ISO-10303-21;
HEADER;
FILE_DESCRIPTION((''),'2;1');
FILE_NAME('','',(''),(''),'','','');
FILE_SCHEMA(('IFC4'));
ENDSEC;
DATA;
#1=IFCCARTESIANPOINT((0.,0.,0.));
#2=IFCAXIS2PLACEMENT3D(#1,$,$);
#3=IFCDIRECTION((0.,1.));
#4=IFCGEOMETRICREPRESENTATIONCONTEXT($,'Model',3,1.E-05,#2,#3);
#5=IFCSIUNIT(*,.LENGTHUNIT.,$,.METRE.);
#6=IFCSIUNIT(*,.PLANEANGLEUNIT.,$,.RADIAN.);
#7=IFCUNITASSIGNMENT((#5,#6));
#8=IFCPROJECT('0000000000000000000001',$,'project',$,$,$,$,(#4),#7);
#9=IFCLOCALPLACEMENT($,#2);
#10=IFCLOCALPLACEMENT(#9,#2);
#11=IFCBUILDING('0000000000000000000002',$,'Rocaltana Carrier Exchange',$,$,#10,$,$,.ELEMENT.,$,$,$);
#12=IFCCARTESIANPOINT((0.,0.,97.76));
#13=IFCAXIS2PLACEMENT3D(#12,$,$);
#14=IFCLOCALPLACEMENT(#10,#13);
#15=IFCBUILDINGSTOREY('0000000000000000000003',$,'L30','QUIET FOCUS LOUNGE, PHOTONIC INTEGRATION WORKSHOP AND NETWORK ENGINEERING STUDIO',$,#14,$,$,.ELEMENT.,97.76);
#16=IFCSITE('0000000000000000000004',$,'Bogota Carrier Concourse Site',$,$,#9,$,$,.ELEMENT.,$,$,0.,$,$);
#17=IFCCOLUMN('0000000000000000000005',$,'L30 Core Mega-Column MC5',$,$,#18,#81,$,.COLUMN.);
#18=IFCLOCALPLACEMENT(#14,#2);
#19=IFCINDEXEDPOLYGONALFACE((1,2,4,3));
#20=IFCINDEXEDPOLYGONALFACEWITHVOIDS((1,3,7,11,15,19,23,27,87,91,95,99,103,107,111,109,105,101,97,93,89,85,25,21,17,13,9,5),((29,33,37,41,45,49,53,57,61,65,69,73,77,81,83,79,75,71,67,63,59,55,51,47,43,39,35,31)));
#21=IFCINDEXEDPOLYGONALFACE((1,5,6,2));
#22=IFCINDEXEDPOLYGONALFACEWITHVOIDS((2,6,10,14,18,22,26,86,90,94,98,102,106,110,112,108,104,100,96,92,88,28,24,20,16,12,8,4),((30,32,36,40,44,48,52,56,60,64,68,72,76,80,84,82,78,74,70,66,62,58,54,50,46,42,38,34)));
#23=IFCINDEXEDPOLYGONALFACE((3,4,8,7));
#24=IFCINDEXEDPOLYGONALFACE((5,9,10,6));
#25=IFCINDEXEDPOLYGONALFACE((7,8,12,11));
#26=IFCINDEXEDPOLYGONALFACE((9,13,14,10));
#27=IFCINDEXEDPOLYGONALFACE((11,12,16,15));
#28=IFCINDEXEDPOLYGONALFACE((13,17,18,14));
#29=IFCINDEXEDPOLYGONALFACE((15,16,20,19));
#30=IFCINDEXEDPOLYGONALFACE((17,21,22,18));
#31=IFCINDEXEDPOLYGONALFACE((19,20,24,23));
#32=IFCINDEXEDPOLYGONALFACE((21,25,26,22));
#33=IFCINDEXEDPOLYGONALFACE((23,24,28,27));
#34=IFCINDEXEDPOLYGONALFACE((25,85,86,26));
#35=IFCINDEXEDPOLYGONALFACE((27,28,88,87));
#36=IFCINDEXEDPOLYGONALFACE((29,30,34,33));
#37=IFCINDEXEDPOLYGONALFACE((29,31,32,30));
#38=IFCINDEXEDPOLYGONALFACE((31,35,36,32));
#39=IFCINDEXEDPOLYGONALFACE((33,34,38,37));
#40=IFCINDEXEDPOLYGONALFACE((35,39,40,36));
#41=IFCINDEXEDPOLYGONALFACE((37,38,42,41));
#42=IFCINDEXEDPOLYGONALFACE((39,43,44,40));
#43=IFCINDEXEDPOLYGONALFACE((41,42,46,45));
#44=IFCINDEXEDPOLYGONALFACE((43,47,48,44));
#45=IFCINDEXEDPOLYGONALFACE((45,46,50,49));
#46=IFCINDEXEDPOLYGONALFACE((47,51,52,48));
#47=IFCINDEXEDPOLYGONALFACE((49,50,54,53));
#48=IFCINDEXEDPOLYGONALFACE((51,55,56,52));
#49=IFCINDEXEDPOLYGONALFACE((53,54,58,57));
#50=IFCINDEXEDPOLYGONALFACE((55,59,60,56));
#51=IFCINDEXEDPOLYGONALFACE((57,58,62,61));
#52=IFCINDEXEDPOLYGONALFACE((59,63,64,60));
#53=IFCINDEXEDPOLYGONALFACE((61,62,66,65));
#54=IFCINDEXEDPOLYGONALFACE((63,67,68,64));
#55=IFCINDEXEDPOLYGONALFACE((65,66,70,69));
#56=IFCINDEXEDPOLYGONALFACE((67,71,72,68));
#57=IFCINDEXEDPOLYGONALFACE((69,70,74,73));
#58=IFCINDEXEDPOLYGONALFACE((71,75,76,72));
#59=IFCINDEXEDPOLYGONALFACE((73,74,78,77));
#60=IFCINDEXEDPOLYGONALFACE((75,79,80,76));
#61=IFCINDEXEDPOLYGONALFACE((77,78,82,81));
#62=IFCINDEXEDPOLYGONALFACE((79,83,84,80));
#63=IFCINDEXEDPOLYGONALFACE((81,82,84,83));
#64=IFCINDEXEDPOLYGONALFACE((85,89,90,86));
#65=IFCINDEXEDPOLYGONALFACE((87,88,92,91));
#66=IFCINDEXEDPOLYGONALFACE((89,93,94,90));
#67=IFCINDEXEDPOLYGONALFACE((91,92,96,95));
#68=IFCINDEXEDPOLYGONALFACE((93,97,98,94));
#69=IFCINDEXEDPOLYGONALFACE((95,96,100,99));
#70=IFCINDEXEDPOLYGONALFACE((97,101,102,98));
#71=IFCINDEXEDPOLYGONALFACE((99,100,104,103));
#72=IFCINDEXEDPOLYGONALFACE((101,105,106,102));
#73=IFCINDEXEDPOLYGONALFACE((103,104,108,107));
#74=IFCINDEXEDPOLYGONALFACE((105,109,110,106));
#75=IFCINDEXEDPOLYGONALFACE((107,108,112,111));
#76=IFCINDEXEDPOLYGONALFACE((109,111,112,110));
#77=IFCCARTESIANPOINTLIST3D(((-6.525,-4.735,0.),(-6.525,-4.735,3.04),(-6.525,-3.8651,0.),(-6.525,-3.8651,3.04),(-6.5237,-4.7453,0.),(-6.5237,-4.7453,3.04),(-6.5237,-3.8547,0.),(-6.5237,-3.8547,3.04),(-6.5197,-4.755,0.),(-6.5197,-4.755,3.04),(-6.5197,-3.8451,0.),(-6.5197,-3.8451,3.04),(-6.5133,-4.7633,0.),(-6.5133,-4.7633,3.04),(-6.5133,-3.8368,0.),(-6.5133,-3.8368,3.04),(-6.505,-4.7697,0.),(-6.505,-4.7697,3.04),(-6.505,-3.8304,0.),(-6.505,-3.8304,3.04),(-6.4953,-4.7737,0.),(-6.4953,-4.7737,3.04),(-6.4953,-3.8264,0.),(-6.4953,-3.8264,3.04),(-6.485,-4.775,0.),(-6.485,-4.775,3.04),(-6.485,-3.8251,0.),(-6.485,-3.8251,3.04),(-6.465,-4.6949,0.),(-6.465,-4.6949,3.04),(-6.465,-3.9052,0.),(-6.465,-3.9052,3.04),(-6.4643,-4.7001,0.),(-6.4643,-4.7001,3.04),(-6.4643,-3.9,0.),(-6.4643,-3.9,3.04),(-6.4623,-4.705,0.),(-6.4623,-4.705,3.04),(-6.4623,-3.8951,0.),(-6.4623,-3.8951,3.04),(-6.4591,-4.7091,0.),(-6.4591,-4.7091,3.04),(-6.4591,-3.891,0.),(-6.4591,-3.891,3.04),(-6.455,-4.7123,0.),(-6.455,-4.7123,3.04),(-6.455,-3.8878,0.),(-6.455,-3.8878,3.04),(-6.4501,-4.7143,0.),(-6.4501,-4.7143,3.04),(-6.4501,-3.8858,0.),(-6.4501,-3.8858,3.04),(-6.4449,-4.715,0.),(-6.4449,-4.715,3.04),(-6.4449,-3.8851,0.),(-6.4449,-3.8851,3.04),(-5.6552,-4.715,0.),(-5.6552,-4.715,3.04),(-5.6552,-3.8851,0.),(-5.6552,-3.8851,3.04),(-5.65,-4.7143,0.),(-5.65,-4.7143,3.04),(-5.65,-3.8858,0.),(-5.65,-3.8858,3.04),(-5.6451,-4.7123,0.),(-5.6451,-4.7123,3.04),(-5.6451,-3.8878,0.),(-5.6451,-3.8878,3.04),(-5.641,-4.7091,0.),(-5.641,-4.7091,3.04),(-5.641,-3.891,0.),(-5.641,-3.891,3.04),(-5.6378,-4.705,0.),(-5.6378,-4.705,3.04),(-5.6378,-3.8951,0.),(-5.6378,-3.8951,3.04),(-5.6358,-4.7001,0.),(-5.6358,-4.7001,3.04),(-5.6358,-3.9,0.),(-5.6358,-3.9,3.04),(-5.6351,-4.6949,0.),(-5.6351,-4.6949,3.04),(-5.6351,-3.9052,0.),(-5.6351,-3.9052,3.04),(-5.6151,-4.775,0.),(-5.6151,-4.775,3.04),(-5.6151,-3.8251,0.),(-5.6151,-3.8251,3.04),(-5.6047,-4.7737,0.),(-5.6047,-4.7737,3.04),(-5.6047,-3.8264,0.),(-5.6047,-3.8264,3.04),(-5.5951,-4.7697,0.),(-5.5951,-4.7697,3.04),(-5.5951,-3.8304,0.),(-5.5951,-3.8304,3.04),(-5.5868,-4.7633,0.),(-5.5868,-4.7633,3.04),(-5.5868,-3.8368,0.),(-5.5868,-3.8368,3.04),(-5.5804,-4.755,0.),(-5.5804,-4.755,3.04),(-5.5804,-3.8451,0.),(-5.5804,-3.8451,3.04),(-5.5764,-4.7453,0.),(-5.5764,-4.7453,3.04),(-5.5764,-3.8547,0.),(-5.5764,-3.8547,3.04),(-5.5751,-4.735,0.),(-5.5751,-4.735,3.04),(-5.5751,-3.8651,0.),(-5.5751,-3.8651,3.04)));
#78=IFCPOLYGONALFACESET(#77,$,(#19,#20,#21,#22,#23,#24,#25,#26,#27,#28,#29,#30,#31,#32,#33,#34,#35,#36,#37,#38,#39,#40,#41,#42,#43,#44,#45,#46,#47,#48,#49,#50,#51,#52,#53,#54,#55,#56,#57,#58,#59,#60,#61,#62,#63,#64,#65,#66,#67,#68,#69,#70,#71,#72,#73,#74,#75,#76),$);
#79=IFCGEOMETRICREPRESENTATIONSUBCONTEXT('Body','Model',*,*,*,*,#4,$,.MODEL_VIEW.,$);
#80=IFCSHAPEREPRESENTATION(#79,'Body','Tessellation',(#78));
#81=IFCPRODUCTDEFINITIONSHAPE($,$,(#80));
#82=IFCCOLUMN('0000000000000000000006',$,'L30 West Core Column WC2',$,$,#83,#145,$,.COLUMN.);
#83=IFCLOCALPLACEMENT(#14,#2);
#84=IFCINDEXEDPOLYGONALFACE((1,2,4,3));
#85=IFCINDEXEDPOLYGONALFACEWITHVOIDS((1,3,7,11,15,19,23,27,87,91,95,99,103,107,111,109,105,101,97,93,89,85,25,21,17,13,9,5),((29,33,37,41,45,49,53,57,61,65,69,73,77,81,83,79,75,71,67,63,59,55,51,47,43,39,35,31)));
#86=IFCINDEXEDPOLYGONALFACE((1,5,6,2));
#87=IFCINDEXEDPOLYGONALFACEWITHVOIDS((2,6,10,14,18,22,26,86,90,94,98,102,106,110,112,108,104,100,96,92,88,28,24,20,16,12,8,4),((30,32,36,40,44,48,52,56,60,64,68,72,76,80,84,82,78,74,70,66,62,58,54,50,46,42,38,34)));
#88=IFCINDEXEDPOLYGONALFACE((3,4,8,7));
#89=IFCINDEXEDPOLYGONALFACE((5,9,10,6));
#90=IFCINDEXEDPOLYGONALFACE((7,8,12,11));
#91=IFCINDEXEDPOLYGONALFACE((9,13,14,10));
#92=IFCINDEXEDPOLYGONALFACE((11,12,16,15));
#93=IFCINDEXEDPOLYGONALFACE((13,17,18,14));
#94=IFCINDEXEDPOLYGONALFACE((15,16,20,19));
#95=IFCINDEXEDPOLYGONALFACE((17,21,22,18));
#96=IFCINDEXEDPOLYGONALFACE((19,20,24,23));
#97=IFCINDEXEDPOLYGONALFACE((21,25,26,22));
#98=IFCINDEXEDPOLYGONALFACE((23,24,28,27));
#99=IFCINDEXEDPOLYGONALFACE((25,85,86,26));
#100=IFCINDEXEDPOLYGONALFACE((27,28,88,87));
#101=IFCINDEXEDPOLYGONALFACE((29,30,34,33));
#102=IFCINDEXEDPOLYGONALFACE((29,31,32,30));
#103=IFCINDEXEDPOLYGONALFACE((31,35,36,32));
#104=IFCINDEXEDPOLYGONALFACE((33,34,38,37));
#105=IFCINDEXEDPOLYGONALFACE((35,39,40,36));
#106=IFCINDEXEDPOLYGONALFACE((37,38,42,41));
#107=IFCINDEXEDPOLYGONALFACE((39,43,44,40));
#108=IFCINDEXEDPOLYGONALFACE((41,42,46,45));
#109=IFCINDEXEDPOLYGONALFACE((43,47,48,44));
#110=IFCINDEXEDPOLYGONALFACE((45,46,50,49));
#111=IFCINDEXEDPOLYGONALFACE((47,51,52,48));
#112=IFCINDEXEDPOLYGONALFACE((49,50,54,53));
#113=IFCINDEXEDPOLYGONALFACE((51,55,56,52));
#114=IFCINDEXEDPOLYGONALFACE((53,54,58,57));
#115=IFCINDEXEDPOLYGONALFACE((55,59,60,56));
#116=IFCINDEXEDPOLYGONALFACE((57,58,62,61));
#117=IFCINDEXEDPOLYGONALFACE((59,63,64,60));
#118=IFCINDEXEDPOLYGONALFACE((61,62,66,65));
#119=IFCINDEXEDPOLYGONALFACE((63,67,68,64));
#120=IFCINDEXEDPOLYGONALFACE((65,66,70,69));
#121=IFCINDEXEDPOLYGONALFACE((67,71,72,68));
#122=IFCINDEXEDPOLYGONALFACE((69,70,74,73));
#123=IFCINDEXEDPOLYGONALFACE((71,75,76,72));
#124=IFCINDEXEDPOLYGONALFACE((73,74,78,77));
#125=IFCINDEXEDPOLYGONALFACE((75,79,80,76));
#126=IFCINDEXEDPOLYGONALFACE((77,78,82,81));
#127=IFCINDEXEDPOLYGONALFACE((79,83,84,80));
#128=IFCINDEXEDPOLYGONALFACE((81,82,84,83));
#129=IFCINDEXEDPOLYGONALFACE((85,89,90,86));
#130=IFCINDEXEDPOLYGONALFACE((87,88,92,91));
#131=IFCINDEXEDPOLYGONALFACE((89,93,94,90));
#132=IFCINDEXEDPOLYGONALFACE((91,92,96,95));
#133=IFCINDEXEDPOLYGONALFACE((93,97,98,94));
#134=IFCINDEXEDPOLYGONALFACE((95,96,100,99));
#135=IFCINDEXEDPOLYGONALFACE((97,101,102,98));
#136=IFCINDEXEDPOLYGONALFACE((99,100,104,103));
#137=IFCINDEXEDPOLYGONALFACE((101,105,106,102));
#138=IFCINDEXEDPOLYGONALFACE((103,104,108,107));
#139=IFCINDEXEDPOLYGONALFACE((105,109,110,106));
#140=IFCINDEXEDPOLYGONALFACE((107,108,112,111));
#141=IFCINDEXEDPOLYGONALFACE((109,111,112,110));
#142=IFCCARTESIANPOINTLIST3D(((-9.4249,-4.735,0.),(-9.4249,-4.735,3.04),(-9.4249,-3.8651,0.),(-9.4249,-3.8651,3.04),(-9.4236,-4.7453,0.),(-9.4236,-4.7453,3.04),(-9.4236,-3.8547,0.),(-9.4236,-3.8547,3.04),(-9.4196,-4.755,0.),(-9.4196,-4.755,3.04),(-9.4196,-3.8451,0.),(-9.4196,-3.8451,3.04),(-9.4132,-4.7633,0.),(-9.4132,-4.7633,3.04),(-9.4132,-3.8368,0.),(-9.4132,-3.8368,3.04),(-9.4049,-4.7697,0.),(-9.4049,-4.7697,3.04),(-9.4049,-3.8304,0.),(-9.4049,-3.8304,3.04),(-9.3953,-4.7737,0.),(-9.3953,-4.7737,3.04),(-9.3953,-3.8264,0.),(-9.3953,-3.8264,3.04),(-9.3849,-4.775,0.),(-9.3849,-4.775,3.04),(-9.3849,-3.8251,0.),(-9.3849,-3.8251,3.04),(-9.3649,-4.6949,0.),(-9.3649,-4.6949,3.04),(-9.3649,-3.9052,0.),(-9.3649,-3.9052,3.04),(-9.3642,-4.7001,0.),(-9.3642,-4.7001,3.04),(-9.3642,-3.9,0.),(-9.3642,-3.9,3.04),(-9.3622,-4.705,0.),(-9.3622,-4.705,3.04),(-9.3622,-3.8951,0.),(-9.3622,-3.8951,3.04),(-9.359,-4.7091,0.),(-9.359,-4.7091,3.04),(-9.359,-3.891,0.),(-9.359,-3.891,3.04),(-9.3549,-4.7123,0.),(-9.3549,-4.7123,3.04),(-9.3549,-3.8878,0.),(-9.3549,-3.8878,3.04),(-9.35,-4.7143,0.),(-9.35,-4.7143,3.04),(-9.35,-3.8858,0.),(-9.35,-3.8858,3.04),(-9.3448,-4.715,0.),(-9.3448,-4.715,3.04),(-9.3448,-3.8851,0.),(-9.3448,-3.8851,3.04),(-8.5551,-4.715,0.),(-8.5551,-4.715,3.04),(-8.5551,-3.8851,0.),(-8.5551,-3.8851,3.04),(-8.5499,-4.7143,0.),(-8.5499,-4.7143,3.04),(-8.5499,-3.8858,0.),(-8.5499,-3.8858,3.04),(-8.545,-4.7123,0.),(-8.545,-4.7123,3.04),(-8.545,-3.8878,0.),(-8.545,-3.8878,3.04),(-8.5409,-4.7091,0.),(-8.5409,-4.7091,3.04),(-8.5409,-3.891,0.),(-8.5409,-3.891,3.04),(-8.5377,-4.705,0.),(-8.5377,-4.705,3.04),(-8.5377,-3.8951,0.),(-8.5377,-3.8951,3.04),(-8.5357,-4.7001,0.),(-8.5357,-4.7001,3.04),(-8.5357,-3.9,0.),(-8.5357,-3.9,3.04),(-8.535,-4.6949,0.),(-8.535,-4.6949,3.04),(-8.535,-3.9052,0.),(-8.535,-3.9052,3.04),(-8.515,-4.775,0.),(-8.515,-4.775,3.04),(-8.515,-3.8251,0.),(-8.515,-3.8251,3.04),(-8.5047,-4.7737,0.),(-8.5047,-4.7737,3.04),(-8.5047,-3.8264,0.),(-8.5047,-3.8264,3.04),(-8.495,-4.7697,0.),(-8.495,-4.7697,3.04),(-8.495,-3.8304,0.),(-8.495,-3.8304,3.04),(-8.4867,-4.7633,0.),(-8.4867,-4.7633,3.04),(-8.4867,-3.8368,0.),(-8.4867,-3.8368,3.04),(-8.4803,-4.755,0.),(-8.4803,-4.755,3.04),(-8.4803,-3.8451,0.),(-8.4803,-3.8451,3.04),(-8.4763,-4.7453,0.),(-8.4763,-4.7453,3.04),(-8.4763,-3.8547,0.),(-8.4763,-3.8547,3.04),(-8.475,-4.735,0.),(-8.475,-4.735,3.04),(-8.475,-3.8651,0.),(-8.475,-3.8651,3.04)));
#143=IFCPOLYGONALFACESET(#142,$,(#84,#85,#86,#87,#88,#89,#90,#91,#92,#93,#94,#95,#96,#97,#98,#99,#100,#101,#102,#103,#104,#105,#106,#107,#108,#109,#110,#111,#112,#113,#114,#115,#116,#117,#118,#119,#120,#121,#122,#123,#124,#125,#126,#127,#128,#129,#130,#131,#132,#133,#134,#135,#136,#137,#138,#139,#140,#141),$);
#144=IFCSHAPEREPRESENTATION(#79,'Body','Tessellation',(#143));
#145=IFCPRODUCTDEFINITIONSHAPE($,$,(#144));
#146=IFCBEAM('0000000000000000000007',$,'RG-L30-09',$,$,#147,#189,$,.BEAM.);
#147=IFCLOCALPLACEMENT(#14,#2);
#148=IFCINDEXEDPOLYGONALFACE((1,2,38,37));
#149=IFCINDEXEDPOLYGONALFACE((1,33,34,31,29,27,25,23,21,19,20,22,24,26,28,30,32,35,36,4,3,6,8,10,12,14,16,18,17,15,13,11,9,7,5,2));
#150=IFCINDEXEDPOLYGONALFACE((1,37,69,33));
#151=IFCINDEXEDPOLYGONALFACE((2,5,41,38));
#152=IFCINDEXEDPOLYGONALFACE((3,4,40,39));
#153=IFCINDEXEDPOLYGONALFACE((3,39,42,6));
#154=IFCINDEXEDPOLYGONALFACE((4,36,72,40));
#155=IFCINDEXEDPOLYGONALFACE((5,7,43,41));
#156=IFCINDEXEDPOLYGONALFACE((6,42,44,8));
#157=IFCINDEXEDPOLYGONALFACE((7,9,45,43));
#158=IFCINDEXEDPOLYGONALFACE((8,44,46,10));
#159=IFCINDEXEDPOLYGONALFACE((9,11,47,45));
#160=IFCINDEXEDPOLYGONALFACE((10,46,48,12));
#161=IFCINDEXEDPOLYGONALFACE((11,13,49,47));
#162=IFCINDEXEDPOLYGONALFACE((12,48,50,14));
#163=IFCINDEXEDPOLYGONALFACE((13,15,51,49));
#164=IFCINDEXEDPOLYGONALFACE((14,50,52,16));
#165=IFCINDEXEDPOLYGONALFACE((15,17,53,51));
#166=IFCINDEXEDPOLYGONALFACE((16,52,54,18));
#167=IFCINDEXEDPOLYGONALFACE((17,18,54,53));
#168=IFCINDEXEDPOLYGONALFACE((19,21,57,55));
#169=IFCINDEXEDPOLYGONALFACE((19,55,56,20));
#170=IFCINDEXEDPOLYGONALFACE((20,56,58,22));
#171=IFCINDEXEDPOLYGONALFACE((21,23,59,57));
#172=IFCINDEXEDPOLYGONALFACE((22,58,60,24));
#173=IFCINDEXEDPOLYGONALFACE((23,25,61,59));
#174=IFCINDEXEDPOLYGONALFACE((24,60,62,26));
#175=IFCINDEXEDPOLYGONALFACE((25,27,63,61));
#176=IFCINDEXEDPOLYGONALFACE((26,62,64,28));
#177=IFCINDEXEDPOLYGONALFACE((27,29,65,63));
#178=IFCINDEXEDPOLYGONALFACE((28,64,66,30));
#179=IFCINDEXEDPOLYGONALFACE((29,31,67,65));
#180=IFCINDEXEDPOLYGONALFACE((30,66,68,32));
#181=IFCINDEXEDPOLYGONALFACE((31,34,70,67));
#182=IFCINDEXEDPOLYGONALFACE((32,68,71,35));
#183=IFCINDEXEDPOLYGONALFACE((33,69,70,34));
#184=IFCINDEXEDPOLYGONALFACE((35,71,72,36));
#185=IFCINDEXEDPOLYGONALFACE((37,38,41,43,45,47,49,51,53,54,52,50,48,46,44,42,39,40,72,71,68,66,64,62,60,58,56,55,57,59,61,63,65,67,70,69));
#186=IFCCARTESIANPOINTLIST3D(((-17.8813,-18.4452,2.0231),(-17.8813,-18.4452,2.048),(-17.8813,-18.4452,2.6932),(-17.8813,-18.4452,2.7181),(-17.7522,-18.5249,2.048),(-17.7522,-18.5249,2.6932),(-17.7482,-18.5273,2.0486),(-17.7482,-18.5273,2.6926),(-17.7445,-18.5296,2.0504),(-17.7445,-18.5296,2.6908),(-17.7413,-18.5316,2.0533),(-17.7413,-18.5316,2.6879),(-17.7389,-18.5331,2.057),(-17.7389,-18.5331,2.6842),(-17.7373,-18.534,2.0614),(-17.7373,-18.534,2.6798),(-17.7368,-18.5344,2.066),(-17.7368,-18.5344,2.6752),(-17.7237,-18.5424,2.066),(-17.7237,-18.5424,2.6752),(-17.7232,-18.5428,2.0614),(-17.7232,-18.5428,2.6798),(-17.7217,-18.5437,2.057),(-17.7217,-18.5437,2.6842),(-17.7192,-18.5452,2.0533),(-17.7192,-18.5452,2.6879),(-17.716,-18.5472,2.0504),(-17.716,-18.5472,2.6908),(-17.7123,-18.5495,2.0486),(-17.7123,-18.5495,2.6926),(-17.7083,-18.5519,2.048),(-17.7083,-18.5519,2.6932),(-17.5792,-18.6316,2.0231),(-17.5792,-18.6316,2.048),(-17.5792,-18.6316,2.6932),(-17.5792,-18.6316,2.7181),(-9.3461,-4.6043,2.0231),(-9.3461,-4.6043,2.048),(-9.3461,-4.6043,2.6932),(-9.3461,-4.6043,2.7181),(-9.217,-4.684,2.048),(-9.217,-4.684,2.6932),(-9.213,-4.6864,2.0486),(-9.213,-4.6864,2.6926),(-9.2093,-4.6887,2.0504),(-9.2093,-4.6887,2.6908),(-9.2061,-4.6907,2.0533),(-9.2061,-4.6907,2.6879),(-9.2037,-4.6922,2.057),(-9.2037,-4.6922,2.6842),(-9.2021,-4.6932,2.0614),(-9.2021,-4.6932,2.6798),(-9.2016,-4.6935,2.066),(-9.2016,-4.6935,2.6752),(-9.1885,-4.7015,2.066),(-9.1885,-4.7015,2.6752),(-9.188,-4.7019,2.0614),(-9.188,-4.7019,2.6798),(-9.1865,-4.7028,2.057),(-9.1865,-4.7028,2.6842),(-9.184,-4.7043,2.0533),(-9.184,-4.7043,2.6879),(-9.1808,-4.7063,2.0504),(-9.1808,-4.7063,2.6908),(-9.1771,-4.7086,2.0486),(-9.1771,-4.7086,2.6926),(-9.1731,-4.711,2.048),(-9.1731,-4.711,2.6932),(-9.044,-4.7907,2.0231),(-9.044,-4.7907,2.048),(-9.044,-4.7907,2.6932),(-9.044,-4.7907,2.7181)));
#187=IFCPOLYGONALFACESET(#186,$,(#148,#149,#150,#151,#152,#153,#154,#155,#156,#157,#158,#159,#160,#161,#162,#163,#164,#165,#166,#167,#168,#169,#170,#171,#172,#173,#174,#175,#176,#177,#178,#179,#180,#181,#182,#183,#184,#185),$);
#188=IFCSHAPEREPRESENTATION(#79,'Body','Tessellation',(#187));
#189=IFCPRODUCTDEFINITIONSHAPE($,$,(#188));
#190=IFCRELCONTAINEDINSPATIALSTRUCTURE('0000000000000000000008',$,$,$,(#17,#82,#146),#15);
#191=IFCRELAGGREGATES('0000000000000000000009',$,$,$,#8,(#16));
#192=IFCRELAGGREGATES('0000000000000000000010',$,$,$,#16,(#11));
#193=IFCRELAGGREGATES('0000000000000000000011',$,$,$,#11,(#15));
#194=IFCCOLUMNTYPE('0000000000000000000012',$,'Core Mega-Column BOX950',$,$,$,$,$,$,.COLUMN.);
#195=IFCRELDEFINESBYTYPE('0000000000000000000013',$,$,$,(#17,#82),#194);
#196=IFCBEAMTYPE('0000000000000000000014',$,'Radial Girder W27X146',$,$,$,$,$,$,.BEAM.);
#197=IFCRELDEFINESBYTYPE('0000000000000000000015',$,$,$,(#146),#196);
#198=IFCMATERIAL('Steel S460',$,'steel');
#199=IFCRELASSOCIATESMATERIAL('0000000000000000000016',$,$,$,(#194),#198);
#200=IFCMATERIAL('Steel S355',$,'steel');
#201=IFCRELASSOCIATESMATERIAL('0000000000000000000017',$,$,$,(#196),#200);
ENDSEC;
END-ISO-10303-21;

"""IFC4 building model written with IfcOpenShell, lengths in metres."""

from ifc_helpers import new_model, si_unit, direction, frame, origin, origin_2d, place, context, subcontext, project, spatial, hollow_rectangle, i_section, extrude, material, material_profile, profile_set, type_object, element, save


model = new_model("IFC4")

# Units and contexts
model_context = context("Model", 3, precision=1e-05, world=origin(), true_north=direction((0.0, 1.0)))
body_context = subcontext(model_context, "Body", "Model", "MODEL_VIEW")
ifc_project = project(units=[si_unit("LENGTHUNIT", "METRE"), si_unit("PLANEANGLEUNIT", "RADIAN")], contexts=[model_context])

# Site, building, storey
site_placement = place(None, origin())
site = spatial("IfcSite", under=ifc_project, at=site_placement, Name="Bogota Carrier Concourse Site", CompositionType="ELEMENT", RefElevation=0.0)
building_placement = place(site_placement, origin())
building = spatial("IfcBuilding", under=site, at=building_placement, Name="Rocaltana Carrier Exchange", CompositionType="ELEMENT")
storey_placement = place(building_placement, frame((0.0, 0.0, 97.76)))
storey = spatial("IfcBuildingStorey", under=building, at=storey_placement, Name="L30", Description="QUIET FOCUS LOUNGE, PHOTONIC INTEGRATION WORKSHOP AND NETWORK ENGINEERING STUDIO", CompositionType="ELEMENT", Elevation=97.76)

# Columns
ifc_material_1 = material(Name="Steel S460", Category="steel")
ifc_material_profile_1 = material_profile(ifc_material_1, hollow_rectangle(XDim=0.95, YDim=0.95, WallThickness=0.0601, InnerFilletRadius=0.02, OuterFilletRadius=0.04, at=origin_2d()), Name="BOX950X950X60")
ifc_profile_set_1 = profile_set([ifc_material_profile_1], Name="Steel S460")
column_type = type_object("IfcColumnType", Name="Core Mega-Column BOX950", PredefinedType="COLUMN", material=ifc_profile_set_1)
for number, where, z_axis, x_axis, name in (
    (1, (-6.05, -4.3, 0.0), (0.0, 0.0, 1.0), (1.0, 0.0, 0.0), "L30 Core Mega-Column MC5"),
    (2, (-8.95, -4.3, 0.0), (0.0, 0.0, 1.0), (1.0, 0.0, 0.0), "L30 West Core Column WC2"),
):
    element("IfcColumn", number, at=place(storey_placement, frame(where, z_axis=z_axis, x_axis=x_axis)), inside=storey, type_object=column_type, Name=name, PredefinedType="COLUMN", context=body_context, shape_type="SweptSolid", body=[
        extrude(hollow_rectangle(XDim=0.95, YDim=0.95, WallThickness=0.0601, InnerFilletRadius=0.02, OuterFilletRadius=0.04, at=origin_2d()), origin(), (0.0, 0.0, 1.0), 3.04),
    ])

# Beam
ifc_material_2 = material(Name="Steel S355", Category="steel")
ifc_material_profile_2 = material_profile(ifc_material_2, i_section(OverallWidth=0.355, OverallDepth=0.6951, WebThickness=0.0154, FlangeThickness=0.0249, FilletRadius=0.0181, at=origin_2d()), Name="W27X146")
ifc_profile_set_2 = profile_set([ifc_material_profile_2], Name="Steel S355")
beam_type = type_object("IfcBeamType", Name="Radial Girder W27X146", PredefinedType="BEAM", material=ifc_profile_set_2)
beam_1_placement = place(storey_placement, frame((-9.1951, -4.6975, 2.3706), z_axis=(-0.524888, -0.851171, 0.0), x_axis=(0.851171, -0.524888, 0.0)))
element("IfcBeam", 3, at=beam_1_placement, inside=storey, type_object=beam_type, Name="RG-L30-09", PredefinedType="BEAM", context=body_context, shape_type="SweptSolid", body=[
    extrude(i_section(OverallWidth=0.355, OverallDepth=0.6951, WebThickness=0.0154, FlangeThickness=0.0249, FilletRadius=0.0181, at=origin_2d()), origin(), (0.0, 0.0, 1.0), 16.261),
])

save(model, "model.ifc")
